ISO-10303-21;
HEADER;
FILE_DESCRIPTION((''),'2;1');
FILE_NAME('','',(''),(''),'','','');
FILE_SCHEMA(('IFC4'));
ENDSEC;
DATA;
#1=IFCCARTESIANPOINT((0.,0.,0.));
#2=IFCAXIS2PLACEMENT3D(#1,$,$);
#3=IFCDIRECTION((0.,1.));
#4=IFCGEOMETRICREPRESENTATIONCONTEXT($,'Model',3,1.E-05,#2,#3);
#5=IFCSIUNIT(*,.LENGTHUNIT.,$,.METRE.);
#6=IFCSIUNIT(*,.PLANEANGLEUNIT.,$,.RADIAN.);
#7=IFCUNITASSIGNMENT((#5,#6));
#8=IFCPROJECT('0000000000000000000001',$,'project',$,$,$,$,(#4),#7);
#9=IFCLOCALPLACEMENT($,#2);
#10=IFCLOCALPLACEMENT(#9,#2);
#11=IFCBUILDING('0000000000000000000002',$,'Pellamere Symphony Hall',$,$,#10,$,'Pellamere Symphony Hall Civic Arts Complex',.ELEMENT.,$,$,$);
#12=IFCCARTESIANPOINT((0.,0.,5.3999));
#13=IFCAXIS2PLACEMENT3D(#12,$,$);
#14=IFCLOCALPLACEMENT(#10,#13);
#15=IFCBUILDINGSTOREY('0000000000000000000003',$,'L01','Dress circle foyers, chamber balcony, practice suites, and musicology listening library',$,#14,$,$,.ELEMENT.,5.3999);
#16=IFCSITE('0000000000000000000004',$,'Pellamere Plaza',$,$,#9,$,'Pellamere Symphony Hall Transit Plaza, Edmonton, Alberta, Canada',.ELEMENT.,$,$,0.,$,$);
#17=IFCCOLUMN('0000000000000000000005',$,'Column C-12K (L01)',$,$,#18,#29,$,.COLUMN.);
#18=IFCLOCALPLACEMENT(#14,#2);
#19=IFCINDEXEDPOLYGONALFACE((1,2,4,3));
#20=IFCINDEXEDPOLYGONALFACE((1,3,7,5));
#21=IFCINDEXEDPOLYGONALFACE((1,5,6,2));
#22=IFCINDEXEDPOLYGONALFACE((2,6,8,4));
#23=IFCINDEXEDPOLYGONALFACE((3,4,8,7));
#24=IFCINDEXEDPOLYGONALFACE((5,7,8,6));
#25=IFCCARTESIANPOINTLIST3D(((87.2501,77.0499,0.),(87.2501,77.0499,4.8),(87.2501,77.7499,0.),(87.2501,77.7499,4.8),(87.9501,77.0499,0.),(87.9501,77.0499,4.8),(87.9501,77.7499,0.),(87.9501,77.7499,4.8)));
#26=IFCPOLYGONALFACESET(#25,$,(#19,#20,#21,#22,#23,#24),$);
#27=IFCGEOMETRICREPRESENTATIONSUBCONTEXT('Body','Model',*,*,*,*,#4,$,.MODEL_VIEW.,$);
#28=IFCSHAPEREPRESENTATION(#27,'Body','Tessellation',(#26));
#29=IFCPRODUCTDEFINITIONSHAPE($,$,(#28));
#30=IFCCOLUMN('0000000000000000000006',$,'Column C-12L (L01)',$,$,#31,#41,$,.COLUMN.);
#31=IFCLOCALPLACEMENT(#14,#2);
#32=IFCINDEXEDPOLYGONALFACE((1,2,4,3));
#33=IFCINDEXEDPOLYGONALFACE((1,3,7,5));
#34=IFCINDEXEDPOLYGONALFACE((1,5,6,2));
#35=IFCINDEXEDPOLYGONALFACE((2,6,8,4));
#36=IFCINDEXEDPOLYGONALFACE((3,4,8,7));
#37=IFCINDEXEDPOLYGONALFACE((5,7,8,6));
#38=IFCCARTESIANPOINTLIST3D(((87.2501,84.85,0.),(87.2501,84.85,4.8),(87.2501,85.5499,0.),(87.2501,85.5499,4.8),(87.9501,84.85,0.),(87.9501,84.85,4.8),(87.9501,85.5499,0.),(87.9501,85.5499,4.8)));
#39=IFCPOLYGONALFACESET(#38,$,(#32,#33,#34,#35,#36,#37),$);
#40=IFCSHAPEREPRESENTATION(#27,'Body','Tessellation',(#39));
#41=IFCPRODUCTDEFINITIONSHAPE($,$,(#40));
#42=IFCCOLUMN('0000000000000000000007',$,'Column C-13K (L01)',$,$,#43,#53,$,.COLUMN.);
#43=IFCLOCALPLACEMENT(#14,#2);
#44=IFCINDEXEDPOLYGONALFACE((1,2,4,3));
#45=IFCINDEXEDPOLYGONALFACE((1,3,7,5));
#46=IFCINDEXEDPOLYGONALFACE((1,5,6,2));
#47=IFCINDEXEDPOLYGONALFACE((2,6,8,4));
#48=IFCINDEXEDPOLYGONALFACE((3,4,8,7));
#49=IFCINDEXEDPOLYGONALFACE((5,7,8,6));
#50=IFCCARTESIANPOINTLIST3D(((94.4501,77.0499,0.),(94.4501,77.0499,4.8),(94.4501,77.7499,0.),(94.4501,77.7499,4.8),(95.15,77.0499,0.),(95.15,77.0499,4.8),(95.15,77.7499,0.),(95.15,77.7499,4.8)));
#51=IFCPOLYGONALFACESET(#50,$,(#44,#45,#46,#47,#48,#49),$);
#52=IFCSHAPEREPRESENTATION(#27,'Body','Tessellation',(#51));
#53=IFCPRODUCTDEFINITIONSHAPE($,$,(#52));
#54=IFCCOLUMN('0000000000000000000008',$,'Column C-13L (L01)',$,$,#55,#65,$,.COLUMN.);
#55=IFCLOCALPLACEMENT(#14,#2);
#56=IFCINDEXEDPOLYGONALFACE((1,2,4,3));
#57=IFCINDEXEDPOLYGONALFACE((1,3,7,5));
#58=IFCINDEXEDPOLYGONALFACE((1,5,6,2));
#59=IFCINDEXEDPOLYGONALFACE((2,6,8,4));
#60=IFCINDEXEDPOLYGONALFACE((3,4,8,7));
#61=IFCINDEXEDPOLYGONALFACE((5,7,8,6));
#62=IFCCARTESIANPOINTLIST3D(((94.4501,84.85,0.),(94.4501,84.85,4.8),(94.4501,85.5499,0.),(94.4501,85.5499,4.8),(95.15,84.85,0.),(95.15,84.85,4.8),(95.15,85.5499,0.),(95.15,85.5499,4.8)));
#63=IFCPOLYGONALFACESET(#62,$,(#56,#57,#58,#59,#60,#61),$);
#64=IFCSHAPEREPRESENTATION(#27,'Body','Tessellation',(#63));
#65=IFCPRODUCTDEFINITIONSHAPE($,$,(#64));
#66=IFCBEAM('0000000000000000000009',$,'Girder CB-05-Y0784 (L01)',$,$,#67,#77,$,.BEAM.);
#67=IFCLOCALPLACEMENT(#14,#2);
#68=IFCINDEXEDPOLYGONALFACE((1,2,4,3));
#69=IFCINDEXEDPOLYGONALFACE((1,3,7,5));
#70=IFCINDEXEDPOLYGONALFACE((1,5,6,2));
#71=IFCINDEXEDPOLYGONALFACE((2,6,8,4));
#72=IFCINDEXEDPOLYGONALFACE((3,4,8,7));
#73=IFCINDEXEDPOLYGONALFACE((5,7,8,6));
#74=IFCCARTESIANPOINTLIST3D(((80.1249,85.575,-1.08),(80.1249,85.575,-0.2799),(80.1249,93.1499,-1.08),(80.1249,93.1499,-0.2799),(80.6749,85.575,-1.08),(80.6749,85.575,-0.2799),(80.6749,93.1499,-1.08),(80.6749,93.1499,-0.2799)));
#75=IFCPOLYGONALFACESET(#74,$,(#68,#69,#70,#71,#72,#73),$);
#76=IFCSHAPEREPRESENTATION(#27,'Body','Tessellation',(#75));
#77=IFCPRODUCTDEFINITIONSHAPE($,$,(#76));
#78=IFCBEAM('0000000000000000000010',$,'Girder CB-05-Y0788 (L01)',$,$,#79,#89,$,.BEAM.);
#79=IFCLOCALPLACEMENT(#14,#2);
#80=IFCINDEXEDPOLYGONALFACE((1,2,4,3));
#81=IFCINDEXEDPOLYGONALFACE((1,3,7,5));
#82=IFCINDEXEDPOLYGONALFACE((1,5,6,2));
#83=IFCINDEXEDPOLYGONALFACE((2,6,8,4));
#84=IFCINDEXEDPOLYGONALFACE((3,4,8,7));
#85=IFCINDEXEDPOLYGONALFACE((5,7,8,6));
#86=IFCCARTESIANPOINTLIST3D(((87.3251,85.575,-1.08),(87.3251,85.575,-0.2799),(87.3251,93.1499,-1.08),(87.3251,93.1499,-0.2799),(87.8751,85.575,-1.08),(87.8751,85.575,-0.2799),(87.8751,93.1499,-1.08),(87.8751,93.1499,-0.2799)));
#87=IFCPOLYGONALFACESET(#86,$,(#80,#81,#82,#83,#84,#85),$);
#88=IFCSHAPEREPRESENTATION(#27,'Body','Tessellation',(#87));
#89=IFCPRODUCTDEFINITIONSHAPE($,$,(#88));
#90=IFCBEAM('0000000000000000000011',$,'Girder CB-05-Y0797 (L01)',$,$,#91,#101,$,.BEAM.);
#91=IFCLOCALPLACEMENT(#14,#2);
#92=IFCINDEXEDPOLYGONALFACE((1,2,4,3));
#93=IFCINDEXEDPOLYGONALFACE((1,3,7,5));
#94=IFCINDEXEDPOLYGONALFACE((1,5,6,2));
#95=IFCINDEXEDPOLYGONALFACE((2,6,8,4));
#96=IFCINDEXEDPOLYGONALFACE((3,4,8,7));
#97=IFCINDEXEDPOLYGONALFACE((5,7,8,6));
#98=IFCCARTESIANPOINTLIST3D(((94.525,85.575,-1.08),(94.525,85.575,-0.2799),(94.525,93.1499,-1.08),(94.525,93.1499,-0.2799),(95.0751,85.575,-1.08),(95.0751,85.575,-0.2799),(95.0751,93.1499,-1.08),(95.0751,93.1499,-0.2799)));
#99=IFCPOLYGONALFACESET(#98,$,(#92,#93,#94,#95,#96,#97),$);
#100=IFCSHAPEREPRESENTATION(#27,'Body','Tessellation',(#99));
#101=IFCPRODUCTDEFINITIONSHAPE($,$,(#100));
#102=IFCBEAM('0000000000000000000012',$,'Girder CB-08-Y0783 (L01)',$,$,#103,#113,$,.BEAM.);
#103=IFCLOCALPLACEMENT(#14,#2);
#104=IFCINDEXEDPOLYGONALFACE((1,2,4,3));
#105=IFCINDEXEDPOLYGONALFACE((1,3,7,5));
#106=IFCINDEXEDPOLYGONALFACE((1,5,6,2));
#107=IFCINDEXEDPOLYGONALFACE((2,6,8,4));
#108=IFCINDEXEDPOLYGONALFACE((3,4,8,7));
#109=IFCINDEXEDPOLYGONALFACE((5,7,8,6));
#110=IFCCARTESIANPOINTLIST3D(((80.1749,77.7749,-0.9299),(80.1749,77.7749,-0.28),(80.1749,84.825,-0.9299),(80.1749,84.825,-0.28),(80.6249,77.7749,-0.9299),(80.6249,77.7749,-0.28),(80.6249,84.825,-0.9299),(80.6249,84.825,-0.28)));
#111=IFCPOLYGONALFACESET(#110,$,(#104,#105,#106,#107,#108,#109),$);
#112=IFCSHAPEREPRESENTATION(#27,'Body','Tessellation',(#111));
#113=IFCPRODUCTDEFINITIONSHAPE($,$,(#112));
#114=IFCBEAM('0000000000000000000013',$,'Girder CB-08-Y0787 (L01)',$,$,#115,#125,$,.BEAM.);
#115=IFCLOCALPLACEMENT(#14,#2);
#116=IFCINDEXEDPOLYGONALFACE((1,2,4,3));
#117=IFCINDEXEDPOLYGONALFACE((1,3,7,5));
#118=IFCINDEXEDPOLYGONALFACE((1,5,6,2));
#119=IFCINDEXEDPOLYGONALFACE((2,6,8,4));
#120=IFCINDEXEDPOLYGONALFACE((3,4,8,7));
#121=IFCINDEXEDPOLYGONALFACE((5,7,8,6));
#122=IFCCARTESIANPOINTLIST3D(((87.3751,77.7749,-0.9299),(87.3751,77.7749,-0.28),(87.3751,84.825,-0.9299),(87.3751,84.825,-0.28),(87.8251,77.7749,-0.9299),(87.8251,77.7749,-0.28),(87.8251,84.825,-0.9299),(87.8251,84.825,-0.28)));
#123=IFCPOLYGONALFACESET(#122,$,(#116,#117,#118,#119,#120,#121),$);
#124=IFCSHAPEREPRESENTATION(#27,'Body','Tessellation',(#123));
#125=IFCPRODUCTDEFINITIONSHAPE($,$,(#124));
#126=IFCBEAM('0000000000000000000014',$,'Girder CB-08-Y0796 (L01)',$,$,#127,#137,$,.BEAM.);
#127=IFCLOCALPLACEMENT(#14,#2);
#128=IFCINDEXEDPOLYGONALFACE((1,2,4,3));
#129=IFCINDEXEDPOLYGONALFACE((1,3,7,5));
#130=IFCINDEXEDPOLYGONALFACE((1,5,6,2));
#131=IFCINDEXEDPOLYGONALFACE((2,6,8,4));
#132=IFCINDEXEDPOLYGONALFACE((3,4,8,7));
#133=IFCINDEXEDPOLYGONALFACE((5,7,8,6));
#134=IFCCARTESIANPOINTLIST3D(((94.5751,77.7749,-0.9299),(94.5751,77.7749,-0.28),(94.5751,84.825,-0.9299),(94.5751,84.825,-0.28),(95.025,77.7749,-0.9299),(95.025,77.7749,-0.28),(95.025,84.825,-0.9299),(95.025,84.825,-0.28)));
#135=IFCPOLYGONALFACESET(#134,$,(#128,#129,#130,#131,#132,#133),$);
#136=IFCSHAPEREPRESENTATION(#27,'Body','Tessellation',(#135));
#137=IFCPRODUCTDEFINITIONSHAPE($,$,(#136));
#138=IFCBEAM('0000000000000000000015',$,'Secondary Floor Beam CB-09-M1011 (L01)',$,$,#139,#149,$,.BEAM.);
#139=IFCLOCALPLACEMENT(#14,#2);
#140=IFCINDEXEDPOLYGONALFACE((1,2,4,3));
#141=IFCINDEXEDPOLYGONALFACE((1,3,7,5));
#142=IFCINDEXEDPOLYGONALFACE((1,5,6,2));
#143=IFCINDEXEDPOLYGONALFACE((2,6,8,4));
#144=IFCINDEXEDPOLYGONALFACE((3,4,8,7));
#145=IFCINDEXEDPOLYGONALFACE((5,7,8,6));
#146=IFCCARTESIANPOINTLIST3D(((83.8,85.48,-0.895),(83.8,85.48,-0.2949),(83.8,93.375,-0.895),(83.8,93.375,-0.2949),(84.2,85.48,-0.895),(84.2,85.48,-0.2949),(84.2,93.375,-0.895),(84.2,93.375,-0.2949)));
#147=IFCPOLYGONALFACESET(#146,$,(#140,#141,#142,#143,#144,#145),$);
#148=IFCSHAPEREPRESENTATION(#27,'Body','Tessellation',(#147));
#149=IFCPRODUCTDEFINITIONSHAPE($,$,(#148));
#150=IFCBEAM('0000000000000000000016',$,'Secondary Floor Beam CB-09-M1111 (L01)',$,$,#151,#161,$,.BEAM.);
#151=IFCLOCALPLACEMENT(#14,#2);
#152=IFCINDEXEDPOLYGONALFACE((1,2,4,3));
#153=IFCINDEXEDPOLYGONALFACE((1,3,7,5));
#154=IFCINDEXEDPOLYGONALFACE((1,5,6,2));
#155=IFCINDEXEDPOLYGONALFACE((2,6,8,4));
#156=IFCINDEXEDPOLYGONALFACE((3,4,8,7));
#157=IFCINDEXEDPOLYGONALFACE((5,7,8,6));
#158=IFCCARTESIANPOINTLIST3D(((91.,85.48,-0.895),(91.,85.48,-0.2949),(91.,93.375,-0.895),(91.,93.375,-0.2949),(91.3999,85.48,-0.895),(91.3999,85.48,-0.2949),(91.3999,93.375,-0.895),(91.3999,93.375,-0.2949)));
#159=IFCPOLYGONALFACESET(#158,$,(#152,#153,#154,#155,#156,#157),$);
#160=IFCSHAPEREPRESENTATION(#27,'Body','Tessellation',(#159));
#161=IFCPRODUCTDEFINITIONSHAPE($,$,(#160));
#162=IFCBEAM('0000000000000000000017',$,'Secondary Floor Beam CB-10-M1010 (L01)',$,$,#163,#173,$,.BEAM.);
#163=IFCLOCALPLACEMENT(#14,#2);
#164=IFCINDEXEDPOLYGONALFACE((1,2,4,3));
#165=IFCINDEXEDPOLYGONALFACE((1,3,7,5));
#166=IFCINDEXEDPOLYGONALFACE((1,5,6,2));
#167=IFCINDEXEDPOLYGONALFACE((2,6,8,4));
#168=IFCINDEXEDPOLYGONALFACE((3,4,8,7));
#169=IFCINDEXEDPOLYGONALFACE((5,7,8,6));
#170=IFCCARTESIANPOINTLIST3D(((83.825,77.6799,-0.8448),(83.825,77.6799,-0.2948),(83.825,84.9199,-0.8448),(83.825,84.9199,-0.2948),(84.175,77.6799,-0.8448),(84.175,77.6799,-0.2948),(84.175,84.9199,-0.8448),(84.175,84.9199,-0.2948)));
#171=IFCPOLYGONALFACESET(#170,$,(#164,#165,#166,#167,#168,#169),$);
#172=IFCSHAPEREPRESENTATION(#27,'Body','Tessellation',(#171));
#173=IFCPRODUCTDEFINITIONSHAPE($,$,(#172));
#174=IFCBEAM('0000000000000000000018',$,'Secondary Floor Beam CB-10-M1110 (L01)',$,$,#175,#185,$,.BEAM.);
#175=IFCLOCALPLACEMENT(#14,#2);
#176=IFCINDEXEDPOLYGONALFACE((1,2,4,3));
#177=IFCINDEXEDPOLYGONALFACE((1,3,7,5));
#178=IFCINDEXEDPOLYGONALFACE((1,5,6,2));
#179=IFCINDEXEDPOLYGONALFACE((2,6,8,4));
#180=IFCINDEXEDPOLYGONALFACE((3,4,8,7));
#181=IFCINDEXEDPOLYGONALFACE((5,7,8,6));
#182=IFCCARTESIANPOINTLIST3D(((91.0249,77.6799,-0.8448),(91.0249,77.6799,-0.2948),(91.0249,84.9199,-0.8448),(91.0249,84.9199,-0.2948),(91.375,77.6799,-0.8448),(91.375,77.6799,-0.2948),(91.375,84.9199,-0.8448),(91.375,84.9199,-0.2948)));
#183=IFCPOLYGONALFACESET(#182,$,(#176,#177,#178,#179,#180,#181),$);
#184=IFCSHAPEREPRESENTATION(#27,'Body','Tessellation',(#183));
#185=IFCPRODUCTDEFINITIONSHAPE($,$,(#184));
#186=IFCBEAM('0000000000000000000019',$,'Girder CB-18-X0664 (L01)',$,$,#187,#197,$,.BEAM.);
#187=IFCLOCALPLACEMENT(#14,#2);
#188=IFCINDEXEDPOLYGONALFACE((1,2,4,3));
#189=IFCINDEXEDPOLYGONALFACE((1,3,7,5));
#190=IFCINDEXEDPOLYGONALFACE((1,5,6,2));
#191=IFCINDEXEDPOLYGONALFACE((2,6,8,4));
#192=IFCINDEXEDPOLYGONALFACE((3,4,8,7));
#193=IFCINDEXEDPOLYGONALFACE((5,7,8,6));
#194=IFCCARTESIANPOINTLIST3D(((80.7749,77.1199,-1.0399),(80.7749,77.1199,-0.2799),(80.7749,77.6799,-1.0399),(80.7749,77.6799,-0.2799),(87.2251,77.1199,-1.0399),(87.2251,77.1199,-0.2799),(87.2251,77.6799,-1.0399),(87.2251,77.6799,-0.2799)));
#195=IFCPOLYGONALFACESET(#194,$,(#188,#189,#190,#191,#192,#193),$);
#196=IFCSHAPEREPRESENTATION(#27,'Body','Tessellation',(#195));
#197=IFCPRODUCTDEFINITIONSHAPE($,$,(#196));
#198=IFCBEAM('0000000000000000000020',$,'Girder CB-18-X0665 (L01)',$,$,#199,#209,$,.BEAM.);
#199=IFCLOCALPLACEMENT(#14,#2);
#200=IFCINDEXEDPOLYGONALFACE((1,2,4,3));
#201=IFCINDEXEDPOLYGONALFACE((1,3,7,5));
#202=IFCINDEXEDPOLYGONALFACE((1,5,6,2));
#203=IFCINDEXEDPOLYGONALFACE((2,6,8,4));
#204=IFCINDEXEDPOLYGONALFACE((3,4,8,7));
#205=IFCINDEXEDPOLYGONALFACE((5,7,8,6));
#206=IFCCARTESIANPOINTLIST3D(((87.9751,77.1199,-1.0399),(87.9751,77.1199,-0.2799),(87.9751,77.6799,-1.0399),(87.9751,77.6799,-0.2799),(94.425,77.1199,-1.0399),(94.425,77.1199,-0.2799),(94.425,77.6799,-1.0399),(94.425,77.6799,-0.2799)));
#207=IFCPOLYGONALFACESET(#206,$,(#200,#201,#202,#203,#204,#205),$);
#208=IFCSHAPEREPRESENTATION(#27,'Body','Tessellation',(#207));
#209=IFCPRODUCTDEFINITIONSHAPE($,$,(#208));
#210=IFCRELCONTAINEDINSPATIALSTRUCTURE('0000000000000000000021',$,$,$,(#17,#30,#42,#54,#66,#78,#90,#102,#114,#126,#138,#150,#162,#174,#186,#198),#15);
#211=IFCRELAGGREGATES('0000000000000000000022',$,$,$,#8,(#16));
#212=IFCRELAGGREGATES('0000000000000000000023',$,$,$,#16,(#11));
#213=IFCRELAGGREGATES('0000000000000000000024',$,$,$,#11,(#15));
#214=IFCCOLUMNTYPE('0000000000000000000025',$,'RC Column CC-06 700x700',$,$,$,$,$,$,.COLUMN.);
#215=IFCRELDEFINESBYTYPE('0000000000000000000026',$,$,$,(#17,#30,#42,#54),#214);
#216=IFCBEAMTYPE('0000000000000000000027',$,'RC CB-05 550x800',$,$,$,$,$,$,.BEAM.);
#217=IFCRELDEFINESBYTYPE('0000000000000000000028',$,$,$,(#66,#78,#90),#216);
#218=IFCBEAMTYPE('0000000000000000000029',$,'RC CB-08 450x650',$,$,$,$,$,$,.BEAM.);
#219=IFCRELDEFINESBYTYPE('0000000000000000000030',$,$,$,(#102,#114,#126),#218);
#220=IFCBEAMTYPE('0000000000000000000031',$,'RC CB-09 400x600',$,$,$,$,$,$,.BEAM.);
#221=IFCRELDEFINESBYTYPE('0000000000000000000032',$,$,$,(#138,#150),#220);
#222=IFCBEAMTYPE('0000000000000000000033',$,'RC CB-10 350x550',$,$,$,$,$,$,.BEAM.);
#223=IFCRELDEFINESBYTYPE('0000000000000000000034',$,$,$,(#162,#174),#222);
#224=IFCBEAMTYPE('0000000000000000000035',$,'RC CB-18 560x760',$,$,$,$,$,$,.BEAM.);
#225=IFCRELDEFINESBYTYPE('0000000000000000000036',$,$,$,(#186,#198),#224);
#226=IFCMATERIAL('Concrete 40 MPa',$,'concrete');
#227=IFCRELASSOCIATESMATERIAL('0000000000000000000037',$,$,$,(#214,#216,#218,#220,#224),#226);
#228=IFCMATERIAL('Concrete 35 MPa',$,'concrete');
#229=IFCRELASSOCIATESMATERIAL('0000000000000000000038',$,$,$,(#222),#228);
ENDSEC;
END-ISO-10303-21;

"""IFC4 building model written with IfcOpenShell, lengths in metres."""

from ifc_helpers import new_model, si_unit, direction, frame, origin, origin_2d, place, context, subcontext, project, spatial, rectangle, extrude, material, material_profile, profile_set, type_object, element, save


model = new_model("IFC4")

# Units and contexts
model_context = context("Model", 3, precision=1e-05, world=origin(), true_north=direction((0.0, 1.0)))
body_context = subcontext(model_context, "Body", "Model", "MODEL_VIEW")
ifc_project = project(units=[si_unit("LENGTHUNIT", "METRE"), si_unit("PLANEANGLEUNIT", "RADIAN")], contexts=[model_context])

# Site, building, storey
site_placement = place(None, origin())
site = spatial("IfcSite", under=ifc_project, at=site_placement, Name="Pellamere Plaza", LongName="Pellamere Symphony Hall Transit Plaza, Edmonton, Alberta, Canada", CompositionType="ELEMENT", RefElevation=0.0)
building_placement = place(site_placement, origin())
building = spatial("IfcBuilding", under=site, at=building_placement, Name="Pellamere Symphony Hall", LongName="Pellamere Symphony Hall Civic Arts Complex", CompositionType="ELEMENT")
storey_placement = place(building_placement, frame((0.0, 0.0, 5.3999)))
storey = spatial("IfcBuildingStorey", under=building, at=storey_placement, Name="L01", Description="Dress circle foyers, chamber balcony, practice suites, and musicology listening library", CompositionType="ELEMENT", Elevation=5.3999)

# Columns
ifc_material_1 = material(Name="Concrete 40 MPa", Category="concrete")
ifc_material_profile_1 = material_profile(ifc_material_1, rectangle(XDim=0.7, YDim=0.7, at=origin_2d()), Name="RC 700x700")
ifc_profile_set_1 = profile_set([ifc_material_profile_1], Name="Concrete 40 MPa")
column_type = type_object("IfcColumnType", Name="RC Column CC-06 700x700", PredefinedType="COLUMN", material=ifc_profile_set_1)
for number, where, z_axis, x_axis, name in (
    (1, (87.6001, 77.3999, 0.0), (0.0, 0.0, 1.0), (1.0, 0.0, 0.0), "Column C-12K (L01)"),
    (2, (87.6001, 85.2, 0.0), (0.0, 0.0, 1.0), (1.0, 0.0, 0.0), "Column C-12L (L01)"),
    (3, (94.8, 77.3999, 0.0), (0.0, 0.0, 1.0), (1.0, 0.0, 0.0), "Column C-13K (L01)"),
    (4, (94.8, 85.2, 0.0), (0.0, 0.0, 1.0), (1.0, 0.0, 0.0), "Column C-13L (L01)"),
):
    element("IfcColumn", number, at=place(storey_placement, frame(where, z_axis=z_axis, x_axis=x_axis)), inside=storey, type_object=column_type, Name=name, PredefinedType="COLUMN", context=body_context, shape_type="SweptSolid", body=[
        extrude(rectangle(XDim=0.7, YDim=0.7, at=origin_2d()), origin(), (0.0, 0.0, 1.0), 4.8),
    ])

# Beams
ifc_material_profile_2 = material_profile(ifc_material_1, rectangle(XDim=0.55, YDim=0.8, at=origin_2d()), Name="RC 550x800")
ifc_profile_set_2 = profile_set([ifc_material_profile_2], Name="Concrete 40 MPa")
beam_type_1 = type_object("IfcBeamType", Name="RC CB-05 550x800", PredefinedType="BEAM", material=ifc_profile_set_2)
for number, where, z_axis, x_axis, name in (
    (5, (80.3999, 85.575, -0.6799), (0.0, 1.0, 0.0), (-1.0, 0.0, 0.0), "Girder CB-05-Y0784 (L01)"),
    (6, (87.6001, 85.575, -0.6799), (0.0, 1.0, 0.0), (-1.0, 0.0, 0.0), "Girder CB-05-Y0788 (L01)"),
    (7, (94.8, 85.575, -0.6799), (0.0, 1.0, 0.0), (-1.0, 0.0, 0.0), "Girder CB-05-Y0797 (L01)"),
):
    element("IfcBeam", number, at=place(storey_placement, frame(where, z_axis=z_axis, x_axis=x_axis)), inside=storey, type_object=beam_type_1, Name=name, PredefinedType="BEAM", context=body_context, shape_type="SweptSolid", body=[
        extrude(rectangle(XDim=0.55, YDim=0.8, at=origin_2d()), origin(), (0.0, 0.0, 1.0), 7.575),
    ])
ifc_material_profile_3 = material_profile(ifc_material_1, rectangle(XDim=0.45, YDim=0.6499, at=origin_2d()), Name="RC 450x650")
ifc_profile_set_3 = profile_set([ifc_material_profile_3], Name="Concrete 40 MPa")
beam_type_2 = type_object("IfcBeamType", Name="RC CB-08 450x650", PredefinedType="BEAM", material=ifc_profile_set_3)
for number, where, z_axis, x_axis, name in (
    (8, (80.3999, 77.7749, -0.605), (0.0, 1.0, 0.0), (-1.0, 0.0, 0.0), "Girder CB-08-Y0783 (L01)"),
    (9, (87.6001, 77.7749, -0.605), (0.0, 1.0, 0.0), (-1.0, 0.0, 0.0), "Girder CB-08-Y0787 (L01)"),
    (10, (94.8, 77.7749, -0.605), (0.0, 1.0, 0.0), (-1.0, 0.0, 0.0), "Girder CB-08-Y0796 (L01)"),
):
    element("IfcBeam", number, at=place(storey_placement, frame(where, z_axis=z_axis, x_axis=x_axis)), inside=storey, type_object=beam_type_2, Name=name, PredefinedType="BEAM", context=body_context, shape_type="SweptSolid", body=[
        extrude(rectangle(XDim=0.45, YDim=0.6499, at=origin_2d()), origin(), (0.0, 0.0, 1.0), 7.05),
    ])
ifc_material_profile_4 = material_profile(ifc_material_1, rectangle(XDim=0.3999, YDim=0.6001, at=origin_2d()), Name="RC 400x600")
ifc_profile_set_4 = profile_set([ifc_material_profile_4], Name="Concrete 40 MPa")
beam_type_3 = type_object("IfcBeamType", Name="RC CB-09 400x600", PredefinedType="BEAM", material=ifc_profile_set_4)
for number, where, z_axis, x_axis, name in (
    (11, (84.0, 85.48, -0.595), (0.0, 1.0, 0.0), (-1.0, 0.0, 0.0), "Secondary Floor Beam CB-09-M1011 (L01)"),
    (12, (91.2, 85.48, -0.595), (0.0, 1.0, 0.0), (-1.0, 0.0, 0.0), "Secondary Floor Beam CB-09-M1111 (L01)"),
):
    element("IfcBeam", number, at=place(storey_placement, frame(where, z_axis=z_axis, x_axis=x_axis)), inside=storey, type_object=beam_type_3, Name=name, PredefinedType="BEAM", context=body_context, shape_type="SweptSolid", body=[
        extrude(rectangle(XDim=0.3999, YDim=0.6001, at=origin_2d()), origin(), (0.0, 0.0, 1.0), 7.895),
    ])
ifc_material_2 = material(Name="Concrete 35 MPa", Category="concrete")
ifc_material_profile_5 = material_profile(ifc_material_2, rectangle(XDim=0.3501, YDim=0.55, at=origin_2d()), Name="RC 350x550")
ifc_profile_set_5 = profile_set([ifc_material_profile_5], Name="Concrete 35 MPa")
beam_type_4 = type_object("IfcBeamType", Name="RC CB-10 350x550", PredefinedType="BEAM", material=ifc_profile_set_5)
for number, where, z_axis, x_axis, name in (
    (13, (84.0, 77.6799, -0.5698), (0.0, 1.0, 0.0), (-1.0, 0.0, 0.0), "Secondary Floor Beam CB-10-M1010 (L01)"),
    (14, (91.2, 77.6799, -0.5698), (0.0, 1.0, 0.0), (-1.0, 0.0, 0.0), "Secondary Floor Beam CB-10-M1110 (L01)"),
):
    element("IfcBeam", number, at=place(storey_placement, frame(where, z_axis=z_axis, x_axis=x_axis)), inside=storey, type_object=beam_type_4, Name=name, PredefinedType="BEAM", context=body_context, shape_type="SweptSolid", body=[
        extrude(rectangle(XDim=0.3501, YDim=0.55, at=origin_2d()), origin(), (0.0, 0.0, 1.0), 7.24),
    ])
ifc_material_profile_6 = material_profile(ifc_material_1, rectangle(XDim=0.5601, YDim=0.76, at=origin_2d()), Name="RC 560x760")
ifc_profile_set_6 = profile_set([ifc_material_profile_6], Name="Concrete 40 MPa")
beam_type_5 = type_object("IfcBeamType", Name="RC CB-18 560x760", PredefinedType="BEAM", material=ifc_profile_set_6)
beam_1_placement = place(storey_placement, frame((80.7749, 77.3999, -0.6599), z_axis=(1.0, 0.0, 0.0), x_axis=(0.0, 1.0, 0.0)))
element("IfcBeam", 15, at=beam_1_placement, inside=storey, type_object=beam_type_5, Name="Girder CB-18-X0664 (L01)", PredefinedType="BEAM", context=body_context, shape_type="SweptSolid", body=[
    extrude(rectangle(XDim=0.5601, YDim=0.76, at=origin_2d()), origin(), (0.0, 0.0, 1.0), 6.4502),
])
beam_2_placement = place(storey_placement, frame((87.9751, 77.3999, -0.6599), z_axis=(1.0, 0.0, 0.0), x_axis=(0.0, 1.0, 0.0)))
element("IfcBeam", 16, at=beam_2_placement, inside=storey, type_object=beam_type_5, Name="Girder CB-18-X0665 (L01)", PredefinedType="BEAM", context=body_context, shape_type="SweptSolid", body=[
    extrude(rectangle(XDim=0.5601, YDim=0.76, at=origin_2d()), origin(), (0.0, 0.0, 1.0), 6.45),
])

save(model, "model.ifc")
